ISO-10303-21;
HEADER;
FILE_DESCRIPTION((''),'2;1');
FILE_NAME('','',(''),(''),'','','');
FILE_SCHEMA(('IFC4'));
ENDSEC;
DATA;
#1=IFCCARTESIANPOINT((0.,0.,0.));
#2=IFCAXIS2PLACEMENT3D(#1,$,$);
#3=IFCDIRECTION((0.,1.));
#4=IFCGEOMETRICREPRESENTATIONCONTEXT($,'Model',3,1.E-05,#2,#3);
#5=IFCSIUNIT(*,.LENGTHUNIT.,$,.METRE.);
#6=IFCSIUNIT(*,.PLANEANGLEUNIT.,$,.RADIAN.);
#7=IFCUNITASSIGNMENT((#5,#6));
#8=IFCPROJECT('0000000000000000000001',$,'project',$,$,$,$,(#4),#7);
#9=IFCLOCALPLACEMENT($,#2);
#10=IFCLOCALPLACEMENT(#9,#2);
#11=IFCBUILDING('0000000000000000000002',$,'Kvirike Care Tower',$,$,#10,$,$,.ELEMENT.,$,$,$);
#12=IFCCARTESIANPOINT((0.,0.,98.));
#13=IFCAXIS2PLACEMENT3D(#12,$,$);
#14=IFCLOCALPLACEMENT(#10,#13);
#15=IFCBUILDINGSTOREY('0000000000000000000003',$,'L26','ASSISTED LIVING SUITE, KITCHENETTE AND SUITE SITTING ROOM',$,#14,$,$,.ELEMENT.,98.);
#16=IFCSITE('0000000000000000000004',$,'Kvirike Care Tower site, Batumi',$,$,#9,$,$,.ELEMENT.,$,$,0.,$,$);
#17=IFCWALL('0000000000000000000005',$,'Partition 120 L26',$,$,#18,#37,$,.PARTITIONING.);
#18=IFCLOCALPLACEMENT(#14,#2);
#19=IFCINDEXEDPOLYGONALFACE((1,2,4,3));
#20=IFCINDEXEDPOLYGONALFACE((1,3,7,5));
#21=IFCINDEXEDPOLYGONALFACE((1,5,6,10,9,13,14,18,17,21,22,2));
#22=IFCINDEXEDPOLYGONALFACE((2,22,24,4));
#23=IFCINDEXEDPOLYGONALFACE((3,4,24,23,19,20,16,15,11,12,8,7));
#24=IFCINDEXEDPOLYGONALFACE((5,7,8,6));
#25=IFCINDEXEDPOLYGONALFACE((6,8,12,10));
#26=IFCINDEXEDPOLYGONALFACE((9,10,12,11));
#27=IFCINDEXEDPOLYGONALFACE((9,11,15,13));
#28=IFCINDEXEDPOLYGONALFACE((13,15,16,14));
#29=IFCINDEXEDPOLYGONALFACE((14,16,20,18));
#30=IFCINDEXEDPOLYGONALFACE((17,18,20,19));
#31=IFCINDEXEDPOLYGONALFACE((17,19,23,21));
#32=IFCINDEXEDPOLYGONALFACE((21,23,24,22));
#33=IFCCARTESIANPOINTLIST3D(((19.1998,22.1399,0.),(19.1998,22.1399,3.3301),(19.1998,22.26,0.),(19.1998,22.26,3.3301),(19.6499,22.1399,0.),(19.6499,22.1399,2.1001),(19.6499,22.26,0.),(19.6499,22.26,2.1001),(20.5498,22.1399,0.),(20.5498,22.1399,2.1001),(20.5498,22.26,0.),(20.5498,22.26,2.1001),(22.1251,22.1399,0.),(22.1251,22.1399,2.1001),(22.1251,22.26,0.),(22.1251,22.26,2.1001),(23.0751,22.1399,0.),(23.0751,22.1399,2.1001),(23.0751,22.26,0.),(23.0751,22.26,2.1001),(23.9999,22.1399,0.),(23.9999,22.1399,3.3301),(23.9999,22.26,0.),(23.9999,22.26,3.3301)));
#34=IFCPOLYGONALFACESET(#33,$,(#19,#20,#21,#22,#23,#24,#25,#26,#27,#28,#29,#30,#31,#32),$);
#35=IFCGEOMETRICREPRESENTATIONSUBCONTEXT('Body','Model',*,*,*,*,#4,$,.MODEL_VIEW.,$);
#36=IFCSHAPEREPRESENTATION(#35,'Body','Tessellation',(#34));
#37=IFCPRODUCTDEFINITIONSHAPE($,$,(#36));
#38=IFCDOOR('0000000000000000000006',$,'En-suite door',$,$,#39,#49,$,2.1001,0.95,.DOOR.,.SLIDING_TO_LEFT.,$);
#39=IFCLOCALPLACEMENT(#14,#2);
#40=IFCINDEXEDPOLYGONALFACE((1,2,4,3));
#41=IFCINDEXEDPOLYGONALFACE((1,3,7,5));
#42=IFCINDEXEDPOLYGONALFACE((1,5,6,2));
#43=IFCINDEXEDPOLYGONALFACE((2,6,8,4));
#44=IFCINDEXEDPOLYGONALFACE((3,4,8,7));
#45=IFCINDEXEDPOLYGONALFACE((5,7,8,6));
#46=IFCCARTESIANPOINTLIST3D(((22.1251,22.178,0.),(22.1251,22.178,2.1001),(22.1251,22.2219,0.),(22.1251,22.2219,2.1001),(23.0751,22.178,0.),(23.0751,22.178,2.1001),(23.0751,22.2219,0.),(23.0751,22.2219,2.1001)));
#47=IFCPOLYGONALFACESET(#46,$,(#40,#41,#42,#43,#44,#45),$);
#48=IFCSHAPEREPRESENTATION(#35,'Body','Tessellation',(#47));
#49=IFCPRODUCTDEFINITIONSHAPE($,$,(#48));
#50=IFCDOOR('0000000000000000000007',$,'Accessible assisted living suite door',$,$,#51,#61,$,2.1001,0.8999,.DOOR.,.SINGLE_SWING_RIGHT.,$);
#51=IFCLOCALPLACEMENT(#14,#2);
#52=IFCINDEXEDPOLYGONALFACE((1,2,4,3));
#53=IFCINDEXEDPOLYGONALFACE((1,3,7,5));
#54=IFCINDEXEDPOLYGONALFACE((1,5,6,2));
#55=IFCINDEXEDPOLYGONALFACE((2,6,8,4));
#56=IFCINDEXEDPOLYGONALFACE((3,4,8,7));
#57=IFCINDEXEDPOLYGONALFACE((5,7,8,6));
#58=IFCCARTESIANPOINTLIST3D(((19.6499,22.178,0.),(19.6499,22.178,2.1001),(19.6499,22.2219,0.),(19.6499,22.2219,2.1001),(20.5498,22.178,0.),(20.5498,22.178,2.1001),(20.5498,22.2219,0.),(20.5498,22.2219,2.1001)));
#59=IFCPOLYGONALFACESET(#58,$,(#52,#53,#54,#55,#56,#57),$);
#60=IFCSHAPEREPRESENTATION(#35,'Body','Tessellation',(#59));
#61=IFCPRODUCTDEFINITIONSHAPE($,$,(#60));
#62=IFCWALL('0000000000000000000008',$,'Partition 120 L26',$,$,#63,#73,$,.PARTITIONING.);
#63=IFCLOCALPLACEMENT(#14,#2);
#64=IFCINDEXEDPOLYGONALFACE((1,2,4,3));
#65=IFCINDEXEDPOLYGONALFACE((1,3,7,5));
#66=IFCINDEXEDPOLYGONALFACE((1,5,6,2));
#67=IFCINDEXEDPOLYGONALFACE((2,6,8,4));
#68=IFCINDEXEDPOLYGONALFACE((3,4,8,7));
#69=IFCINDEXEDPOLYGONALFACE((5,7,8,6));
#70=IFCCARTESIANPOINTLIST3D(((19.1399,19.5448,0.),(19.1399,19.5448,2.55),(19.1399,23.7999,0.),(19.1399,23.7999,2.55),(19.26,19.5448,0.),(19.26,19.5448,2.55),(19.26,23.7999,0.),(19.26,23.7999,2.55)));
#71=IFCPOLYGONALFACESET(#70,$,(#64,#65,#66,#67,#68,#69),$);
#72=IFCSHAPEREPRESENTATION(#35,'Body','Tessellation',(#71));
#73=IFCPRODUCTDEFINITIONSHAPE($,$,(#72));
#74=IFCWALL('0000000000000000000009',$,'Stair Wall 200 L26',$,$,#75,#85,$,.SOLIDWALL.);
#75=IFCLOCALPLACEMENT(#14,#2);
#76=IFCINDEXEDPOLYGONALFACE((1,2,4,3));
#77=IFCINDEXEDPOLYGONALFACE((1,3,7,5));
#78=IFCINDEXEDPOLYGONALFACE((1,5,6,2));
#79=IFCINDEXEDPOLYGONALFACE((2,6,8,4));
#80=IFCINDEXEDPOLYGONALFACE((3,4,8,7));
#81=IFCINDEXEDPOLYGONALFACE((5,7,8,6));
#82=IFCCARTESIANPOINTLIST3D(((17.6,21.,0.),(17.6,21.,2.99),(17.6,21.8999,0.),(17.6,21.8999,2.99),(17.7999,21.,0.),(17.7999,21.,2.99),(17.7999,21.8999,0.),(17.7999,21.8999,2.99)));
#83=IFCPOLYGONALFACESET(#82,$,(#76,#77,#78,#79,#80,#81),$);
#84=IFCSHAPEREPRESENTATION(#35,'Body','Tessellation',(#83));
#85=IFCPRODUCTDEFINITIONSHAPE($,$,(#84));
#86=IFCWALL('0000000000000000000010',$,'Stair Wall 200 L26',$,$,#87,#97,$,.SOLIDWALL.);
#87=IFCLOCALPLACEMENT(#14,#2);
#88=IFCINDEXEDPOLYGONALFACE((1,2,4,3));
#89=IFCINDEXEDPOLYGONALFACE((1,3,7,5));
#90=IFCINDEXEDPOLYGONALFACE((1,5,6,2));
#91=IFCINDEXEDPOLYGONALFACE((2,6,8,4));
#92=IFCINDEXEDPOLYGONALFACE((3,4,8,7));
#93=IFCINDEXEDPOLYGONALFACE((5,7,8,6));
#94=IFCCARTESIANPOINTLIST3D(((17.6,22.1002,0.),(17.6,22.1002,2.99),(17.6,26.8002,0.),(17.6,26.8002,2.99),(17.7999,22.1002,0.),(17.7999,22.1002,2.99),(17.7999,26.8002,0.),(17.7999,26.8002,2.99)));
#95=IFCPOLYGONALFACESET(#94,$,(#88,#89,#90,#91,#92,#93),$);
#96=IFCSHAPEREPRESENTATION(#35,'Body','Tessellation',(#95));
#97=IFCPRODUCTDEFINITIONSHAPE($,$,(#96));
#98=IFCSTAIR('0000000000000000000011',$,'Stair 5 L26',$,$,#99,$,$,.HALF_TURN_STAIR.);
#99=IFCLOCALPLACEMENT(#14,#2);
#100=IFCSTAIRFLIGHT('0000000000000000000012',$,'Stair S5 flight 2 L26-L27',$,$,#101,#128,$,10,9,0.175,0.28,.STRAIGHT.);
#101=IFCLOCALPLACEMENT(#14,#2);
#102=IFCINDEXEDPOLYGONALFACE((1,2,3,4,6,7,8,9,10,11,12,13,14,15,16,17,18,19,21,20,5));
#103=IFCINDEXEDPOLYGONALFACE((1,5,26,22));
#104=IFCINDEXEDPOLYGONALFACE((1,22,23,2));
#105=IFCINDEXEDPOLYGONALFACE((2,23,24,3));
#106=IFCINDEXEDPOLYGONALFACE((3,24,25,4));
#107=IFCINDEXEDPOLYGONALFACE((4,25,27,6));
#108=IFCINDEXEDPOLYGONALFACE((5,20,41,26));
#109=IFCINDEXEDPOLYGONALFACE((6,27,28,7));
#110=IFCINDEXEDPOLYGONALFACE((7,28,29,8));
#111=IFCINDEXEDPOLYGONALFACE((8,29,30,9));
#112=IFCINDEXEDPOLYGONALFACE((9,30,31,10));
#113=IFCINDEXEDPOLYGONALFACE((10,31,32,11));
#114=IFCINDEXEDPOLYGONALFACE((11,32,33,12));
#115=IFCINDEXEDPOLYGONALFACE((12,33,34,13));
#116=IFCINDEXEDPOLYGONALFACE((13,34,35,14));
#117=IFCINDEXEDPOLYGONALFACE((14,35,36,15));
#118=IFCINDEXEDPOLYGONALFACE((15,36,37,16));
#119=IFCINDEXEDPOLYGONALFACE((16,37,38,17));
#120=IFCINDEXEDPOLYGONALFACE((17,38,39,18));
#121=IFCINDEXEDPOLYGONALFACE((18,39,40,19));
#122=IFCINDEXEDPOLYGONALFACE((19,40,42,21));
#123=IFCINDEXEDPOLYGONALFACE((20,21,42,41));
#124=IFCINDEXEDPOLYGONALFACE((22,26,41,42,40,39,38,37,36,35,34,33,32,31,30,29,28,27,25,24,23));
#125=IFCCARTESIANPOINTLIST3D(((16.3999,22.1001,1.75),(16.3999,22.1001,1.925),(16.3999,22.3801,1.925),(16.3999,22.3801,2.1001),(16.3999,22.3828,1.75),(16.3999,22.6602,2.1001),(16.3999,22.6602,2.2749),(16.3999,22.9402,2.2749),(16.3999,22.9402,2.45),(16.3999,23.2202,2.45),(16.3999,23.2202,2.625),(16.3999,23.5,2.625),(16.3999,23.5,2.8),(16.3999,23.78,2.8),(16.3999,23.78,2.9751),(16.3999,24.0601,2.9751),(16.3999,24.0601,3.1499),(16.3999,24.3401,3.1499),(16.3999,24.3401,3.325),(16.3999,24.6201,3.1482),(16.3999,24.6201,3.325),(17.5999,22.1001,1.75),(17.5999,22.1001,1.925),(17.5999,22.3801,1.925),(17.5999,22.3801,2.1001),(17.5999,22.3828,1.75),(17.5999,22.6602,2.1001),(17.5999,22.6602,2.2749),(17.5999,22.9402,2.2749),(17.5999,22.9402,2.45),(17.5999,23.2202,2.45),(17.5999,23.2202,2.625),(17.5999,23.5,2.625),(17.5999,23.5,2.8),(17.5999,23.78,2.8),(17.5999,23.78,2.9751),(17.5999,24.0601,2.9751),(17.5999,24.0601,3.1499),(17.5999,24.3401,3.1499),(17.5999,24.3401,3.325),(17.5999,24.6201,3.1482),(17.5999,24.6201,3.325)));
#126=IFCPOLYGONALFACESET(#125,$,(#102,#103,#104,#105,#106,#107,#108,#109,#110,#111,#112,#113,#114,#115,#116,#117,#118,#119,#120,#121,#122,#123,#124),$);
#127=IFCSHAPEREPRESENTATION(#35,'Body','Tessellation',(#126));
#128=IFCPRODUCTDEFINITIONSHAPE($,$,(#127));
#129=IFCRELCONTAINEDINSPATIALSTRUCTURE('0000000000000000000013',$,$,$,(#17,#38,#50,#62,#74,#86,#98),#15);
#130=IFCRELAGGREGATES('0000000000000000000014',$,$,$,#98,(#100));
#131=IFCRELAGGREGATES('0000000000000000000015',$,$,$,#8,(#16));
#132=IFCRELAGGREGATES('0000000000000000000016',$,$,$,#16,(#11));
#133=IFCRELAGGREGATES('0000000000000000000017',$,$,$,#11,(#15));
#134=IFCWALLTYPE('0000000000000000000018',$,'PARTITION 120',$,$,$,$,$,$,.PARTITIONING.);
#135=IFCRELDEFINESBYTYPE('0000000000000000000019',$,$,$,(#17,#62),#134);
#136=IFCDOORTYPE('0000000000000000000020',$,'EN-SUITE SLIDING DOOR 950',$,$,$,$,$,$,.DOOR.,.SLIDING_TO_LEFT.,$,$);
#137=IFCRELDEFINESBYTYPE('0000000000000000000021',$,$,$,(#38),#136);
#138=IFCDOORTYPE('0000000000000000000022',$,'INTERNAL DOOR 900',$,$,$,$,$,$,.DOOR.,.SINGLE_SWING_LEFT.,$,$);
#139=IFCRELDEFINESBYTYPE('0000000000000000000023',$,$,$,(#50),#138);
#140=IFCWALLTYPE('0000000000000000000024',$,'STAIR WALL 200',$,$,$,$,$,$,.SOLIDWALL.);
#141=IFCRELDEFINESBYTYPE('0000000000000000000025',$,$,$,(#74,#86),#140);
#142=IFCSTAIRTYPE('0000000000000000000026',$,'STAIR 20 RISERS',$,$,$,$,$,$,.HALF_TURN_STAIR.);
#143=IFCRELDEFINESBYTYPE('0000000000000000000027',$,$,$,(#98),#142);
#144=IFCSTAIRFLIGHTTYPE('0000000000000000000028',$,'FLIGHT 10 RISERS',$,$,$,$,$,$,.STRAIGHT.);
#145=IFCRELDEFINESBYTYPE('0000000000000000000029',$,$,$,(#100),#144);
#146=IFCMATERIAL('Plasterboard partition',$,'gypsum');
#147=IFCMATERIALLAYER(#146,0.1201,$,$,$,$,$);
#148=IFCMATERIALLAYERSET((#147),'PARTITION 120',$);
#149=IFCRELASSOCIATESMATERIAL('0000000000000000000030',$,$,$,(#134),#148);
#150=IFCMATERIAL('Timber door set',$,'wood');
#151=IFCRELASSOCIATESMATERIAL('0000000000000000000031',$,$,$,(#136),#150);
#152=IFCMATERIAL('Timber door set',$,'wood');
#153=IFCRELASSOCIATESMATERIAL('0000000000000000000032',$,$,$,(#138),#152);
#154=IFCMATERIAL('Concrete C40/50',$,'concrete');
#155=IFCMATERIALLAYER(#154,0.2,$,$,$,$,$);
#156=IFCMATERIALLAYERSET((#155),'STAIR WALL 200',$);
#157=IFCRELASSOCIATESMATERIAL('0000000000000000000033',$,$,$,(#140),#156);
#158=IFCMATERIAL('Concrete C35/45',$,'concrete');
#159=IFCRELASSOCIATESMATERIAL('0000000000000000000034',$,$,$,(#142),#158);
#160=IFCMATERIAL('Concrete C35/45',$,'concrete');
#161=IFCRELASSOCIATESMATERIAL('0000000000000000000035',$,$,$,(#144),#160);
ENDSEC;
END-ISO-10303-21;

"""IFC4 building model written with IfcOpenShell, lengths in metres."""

from ifc_helpers import new_model, si_unit, direction, frame, frame_2d, origin, place, context, subcontext, project, spatial, polyline, rectangle, outline, extrude, material, layer, layer_set, type_object, element, fill, aggregate, save


model = new_model("IFC4")

# Units and contexts
model_context = context("Model", 3, precision=1e-05, world=origin(), true_north=direction((0.0, 1.0)))
body_context = subcontext(model_context, "Body", "Model", "MODEL_VIEW")
ifc_project = project(units=[si_unit("LENGTHUNIT", "METRE"), si_unit("PLANEANGLEUNIT", "RADIAN")], contexts=[model_context])

# Site, building, storey
site_placement = place(None, origin())
site = spatial("IfcSite", under=ifc_project, at=site_placement, Name="Kvirike Care Tower site, Batumi", CompositionType="ELEMENT", RefElevation=0.0)
building_placement = place(site_placement, origin())
building = spatial("IfcBuilding", under=site, at=building_placement, Name="Kvirike Care Tower", CompositionType="ELEMENT")
storey_placement = place(building_placement, frame((0.0, 0.0, 98.0)))
storey = spatial("IfcBuildingStorey", under=building, at=storey_placement, Name="L26", Description="ASSISTED LIVING SUITE, KITCHENETTE AND SUITE SITTING ROOM", CompositionType="ELEMENT", Elevation=98.0)

# Wall, openings, doors
ifc_material_1 = material(Name="Plasterboard partition", Category="gypsum")
ifc_layer_1 = layer(ifc_material_1, 0.1201)
ifc_layer_set_1 = layer_set([ifc_layer_1], Name="PARTITION 120")
wall_type_1 = type_object("IfcWallType", Name="PARTITION 120", PredefinedType="PARTITIONING", material=ifc_layer_set_1)
wall_1_placement = place(storey_placement, frame((19.2, 22.2, 0.0), z_axis=(0.0, 0.0, 1.0), x_axis=(1.0, 0.0, 0.0)))
wall_1 = element("IfcWall", 1, at=wall_1_placement, inside=storey, type_object=wall_type_1, Name="Partition 120 L26", PredefinedType="PARTITIONING", context=body_context, shape_type="SweptSolid", body=[
    extrude(rectangle(XDim=4.8, YDim=0.1201, at=frame_2d((2.3999, 0.0))), origin(), (0.0, 0.0, 1.0), 3.3301),
])
opening_1_placement = place(wall_1_placement, frame((0.45, 0.0, 0.0)))
opening_1 = element("IfcOpeningElement", 2, at=opening_1_placement, cuts=wall_1, PredefinedType="OPENING", context=body_context, shape_type="SweptSolid", body=[
    extrude(rectangle(XDim=0.8999, YDim=2.1001, at=frame_2d((0.45, 1.05))), frame((0.0, 0.0706, 0.0), z_axis=(0.0, -1.0, 0.0), x_axis=(1.0, 0.0, 0.0)), (0.0, 0.0, 1.0), 0.1411),
])
opening_2_placement = place(wall_1_placement, frame((2.925, 0.0, 0.0)))
opening_2 = element("IfcOpeningElement", 3, at=opening_2_placement, cuts=wall_1, PredefinedType="OPENING", context=body_context, shape_type="SweptSolid", body=[
    extrude(rectangle(XDim=0.95, YDim=2.1001, at=frame_2d((0.4751, 1.05))), frame((0.0, 0.0706, 0.0), z_axis=(0.0, -1.0, 0.0), x_axis=(1.0, 0.0, 0.0)), (0.0, 0.0, 1.0), 0.1411),
])
ifc_material_2 = material(Name="Timber door set", Category="wood")
door_type_1 = type_object("IfcDoorType", Name="EN-SUITE SLIDING DOOR 950", OperationType="SLIDING_TO_LEFT", PredefinedType="DOOR", material=ifc_material_2)
door_1_placement = place(opening_2_placement, origin())
door_1 = element("IfcDoor", 4, at=door_1_placement, inside=storey, type_object=door_type_1, Name="En-suite door", OperationType="SLIDING_TO_LEFT", OverallHeight=2.1001, OverallWidth=0.95, PredefinedType="DOOR", context=body_context, shape_type="SweptSolid", body=[
    extrude(rectangle(XDim=0.95, YDim=2.1001, at=frame_2d((0.4751, 1.05))), frame((0.0, 0.022, 0.0), z_axis=(0.0, -1.0, 0.0), x_axis=(1.0, 0.0, 0.0)), (0.0, 0.0, 1.0), 0.0439),
])
fill(opening_2, door_1)
ifc_material_3 = material(Name="Timber door set", Category="wood")
door_type_2 = type_object("IfcDoorType", Name="INTERNAL DOOR 900", OperationType="SINGLE_SWING_LEFT", PredefinedType="DOOR", material=ifc_material_3)
door_2_placement = place(opening_1_placement, origin())
door_2 = element("IfcDoor", 5, at=door_2_placement, inside=storey, type_object=door_type_2, Name="Accessible assisted living suite door", OperationType="SINGLE_SWING_RIGHT", OverallHeight=2.1001, OverallWidth=0.8999, PredefinedType="DOOR", context=body_context, shape_type="SweptSolid", body=[
    extrude(rectangle(XDim=0.8999, YDim=2.1001, at=frame_2d((0.45, 1.05))), frame((0.0, 0.022, 0.0), z_axis=(0.0, -1.0, 0.0), x_axis=(1.0, 0.0, 0.0)), (0.0, 0.0, 1.0), 0.0439),
])
fill(opening_1, door_2)

# Walls
wall_2_placement = place(storey_placement, frame((19.2, 19.5449, 0.0), z_axis=(0.0, 0.0, 1.0), x_axis=(0.0, 1.0, 0.0)))
element("IfcWall", 6, at=wall_2_placement, inside=storey, type_object=wall_type_1, Name="Partition 120 L26", PredefinedType="PARTITIONING", context=body_context, shape_type="SweptSolid", body=[
    extrude(rectangle(XDim=4.2551, YDim=0.1201, at=frame_2d((2.1274, 0.0))), origin(), (0.0, 0.0, 1.0), 2.55),
])
ifc_material_4 = material(Name="Concrete C40/50", Category="concrete")
ifc_layer_2 = layer(ifc_material_4, 0.2)
ifc_layer_set_2 = layer_set([ifc_layer_2], Name="STAIR WALL 200")
wall_type_2 = type_object("IfcWallType", Name="STAIR WALL 200", PredefinedType="SOLIDWALL", material=ifc_layer_set_2)
wall_3_placement = place(storey_placement, frame((17.7, 21.0, 0.0), z_axis=(0.0, 0.0, 1.0), x_axis=(0.0, 1.0, 0.0)))
element("IfcWall", 7, at=wall_3_placement, inside=storey, type_object=wall_type_2, Name="Stair Wall 200 L26", PredefinedType="SOLIDWALL", context=body_context, shape_type="SweptSolid", body=[
    extrude(rectangle(XDim=0.8999, YDim=0.2, at=frame_2d((0.45, 0.0))), origin(), (0.0, 0.0, 1.0), 2.99),
])
wall_4_placement = place(storey_placement, frame((17.7, 22.1001, 0.0), z_axis=(0.0, 0.0, 1.0), x_axis=(0.0, 1.0, 0.0)))
element("IfcWall", 8, at=wall_4_placement, inside=storey, type_object=wall_type_2, Name="Stair Wall 200 L26", PredefinedType="SOLIDWALL", context=body_context, shape_type="SweptSolid", body=[
    extrude(rectangle(XDim=4.7, YDim=0.2, at=frame_2d((2.3501, 0.0))), origin(), (0.0, 0.0, 1.0), 2.99),
])

# Stair, stair flight
ifc_material_5 = material(Name="Concrete C35/45", Category="concrete")
stair_type = type_object("IfcStairType", Name="STAIR 20 RISERS", PredefinedType="HALF_TURN_STAIR", material=ifc_material_5)
stair_placement = place(storey_placement, origin())
stair = element("IfcStair", 9, at=stair_placement, inside=storey, type_object=stair_type, Name="Stair 5 L26", PredefinedType="HALF_TURN_STAIR")
ifc_material_6 = material(Name="Concrete C35/45", Category="concrete")
stair_flight_type = type_object("IfcStairFlightType", Name="FLIGHT 10 RISERS", PredefinedType="STRAIGHT", material=ifc_material_6)
stair_flight_placement = place(storey_placement, frame((17.0, 22.1001, 1.75), z_axis=(0.0, 0.0, 1.0), x_axis=(0.0, 1.0, 0.0)))
stair_flight = element("IfcStairFlight", 10, at=stair_flight_placement, type_object=stair_flight_type, Name="Stair S5 flight 2 L26-L27", NumberOfRisers=10, NumberOfTreads=9, PredefinedType="STRAIGHT", RiserHeight=0.175, TreadLength=0.28, context=body_context, shape_type="SweptSolid", body=[
    extrude(outline(polyline([(0.0, 0.0), (0.0, 0.175), (0.28, 0.175), (0.28, 0.3501), (0.5601, 0.3501), (0.5601, 0.5249), (0.8401, 0.5249), (0.8401, 0.7), (1.1201, 0.7), (1.1201, 0.875), (1.3999, 0.875), (1.3999, 1.05), (1.6799, 1.05), (1.6799, 1.2251), (1.96, 1.2251), (1.96, 1.3999), (2.24, 1.3999), (2.24, 1.575), (2.52, 1.575), (2.52, 1.75), (2.52, 1.3982), (0.2827, 0.0), (0.0, 0.0)])), frame((0.0, 0.6001, 0.0), z_axis=(0.0, -1.0, 0.0), x_axis=(1.0, 0.0, 0.0)), (0.0, 0.0, 1.0), 1.2),
])
aggregate(stair, [stair_flight])

save(model, "model.ifc")
